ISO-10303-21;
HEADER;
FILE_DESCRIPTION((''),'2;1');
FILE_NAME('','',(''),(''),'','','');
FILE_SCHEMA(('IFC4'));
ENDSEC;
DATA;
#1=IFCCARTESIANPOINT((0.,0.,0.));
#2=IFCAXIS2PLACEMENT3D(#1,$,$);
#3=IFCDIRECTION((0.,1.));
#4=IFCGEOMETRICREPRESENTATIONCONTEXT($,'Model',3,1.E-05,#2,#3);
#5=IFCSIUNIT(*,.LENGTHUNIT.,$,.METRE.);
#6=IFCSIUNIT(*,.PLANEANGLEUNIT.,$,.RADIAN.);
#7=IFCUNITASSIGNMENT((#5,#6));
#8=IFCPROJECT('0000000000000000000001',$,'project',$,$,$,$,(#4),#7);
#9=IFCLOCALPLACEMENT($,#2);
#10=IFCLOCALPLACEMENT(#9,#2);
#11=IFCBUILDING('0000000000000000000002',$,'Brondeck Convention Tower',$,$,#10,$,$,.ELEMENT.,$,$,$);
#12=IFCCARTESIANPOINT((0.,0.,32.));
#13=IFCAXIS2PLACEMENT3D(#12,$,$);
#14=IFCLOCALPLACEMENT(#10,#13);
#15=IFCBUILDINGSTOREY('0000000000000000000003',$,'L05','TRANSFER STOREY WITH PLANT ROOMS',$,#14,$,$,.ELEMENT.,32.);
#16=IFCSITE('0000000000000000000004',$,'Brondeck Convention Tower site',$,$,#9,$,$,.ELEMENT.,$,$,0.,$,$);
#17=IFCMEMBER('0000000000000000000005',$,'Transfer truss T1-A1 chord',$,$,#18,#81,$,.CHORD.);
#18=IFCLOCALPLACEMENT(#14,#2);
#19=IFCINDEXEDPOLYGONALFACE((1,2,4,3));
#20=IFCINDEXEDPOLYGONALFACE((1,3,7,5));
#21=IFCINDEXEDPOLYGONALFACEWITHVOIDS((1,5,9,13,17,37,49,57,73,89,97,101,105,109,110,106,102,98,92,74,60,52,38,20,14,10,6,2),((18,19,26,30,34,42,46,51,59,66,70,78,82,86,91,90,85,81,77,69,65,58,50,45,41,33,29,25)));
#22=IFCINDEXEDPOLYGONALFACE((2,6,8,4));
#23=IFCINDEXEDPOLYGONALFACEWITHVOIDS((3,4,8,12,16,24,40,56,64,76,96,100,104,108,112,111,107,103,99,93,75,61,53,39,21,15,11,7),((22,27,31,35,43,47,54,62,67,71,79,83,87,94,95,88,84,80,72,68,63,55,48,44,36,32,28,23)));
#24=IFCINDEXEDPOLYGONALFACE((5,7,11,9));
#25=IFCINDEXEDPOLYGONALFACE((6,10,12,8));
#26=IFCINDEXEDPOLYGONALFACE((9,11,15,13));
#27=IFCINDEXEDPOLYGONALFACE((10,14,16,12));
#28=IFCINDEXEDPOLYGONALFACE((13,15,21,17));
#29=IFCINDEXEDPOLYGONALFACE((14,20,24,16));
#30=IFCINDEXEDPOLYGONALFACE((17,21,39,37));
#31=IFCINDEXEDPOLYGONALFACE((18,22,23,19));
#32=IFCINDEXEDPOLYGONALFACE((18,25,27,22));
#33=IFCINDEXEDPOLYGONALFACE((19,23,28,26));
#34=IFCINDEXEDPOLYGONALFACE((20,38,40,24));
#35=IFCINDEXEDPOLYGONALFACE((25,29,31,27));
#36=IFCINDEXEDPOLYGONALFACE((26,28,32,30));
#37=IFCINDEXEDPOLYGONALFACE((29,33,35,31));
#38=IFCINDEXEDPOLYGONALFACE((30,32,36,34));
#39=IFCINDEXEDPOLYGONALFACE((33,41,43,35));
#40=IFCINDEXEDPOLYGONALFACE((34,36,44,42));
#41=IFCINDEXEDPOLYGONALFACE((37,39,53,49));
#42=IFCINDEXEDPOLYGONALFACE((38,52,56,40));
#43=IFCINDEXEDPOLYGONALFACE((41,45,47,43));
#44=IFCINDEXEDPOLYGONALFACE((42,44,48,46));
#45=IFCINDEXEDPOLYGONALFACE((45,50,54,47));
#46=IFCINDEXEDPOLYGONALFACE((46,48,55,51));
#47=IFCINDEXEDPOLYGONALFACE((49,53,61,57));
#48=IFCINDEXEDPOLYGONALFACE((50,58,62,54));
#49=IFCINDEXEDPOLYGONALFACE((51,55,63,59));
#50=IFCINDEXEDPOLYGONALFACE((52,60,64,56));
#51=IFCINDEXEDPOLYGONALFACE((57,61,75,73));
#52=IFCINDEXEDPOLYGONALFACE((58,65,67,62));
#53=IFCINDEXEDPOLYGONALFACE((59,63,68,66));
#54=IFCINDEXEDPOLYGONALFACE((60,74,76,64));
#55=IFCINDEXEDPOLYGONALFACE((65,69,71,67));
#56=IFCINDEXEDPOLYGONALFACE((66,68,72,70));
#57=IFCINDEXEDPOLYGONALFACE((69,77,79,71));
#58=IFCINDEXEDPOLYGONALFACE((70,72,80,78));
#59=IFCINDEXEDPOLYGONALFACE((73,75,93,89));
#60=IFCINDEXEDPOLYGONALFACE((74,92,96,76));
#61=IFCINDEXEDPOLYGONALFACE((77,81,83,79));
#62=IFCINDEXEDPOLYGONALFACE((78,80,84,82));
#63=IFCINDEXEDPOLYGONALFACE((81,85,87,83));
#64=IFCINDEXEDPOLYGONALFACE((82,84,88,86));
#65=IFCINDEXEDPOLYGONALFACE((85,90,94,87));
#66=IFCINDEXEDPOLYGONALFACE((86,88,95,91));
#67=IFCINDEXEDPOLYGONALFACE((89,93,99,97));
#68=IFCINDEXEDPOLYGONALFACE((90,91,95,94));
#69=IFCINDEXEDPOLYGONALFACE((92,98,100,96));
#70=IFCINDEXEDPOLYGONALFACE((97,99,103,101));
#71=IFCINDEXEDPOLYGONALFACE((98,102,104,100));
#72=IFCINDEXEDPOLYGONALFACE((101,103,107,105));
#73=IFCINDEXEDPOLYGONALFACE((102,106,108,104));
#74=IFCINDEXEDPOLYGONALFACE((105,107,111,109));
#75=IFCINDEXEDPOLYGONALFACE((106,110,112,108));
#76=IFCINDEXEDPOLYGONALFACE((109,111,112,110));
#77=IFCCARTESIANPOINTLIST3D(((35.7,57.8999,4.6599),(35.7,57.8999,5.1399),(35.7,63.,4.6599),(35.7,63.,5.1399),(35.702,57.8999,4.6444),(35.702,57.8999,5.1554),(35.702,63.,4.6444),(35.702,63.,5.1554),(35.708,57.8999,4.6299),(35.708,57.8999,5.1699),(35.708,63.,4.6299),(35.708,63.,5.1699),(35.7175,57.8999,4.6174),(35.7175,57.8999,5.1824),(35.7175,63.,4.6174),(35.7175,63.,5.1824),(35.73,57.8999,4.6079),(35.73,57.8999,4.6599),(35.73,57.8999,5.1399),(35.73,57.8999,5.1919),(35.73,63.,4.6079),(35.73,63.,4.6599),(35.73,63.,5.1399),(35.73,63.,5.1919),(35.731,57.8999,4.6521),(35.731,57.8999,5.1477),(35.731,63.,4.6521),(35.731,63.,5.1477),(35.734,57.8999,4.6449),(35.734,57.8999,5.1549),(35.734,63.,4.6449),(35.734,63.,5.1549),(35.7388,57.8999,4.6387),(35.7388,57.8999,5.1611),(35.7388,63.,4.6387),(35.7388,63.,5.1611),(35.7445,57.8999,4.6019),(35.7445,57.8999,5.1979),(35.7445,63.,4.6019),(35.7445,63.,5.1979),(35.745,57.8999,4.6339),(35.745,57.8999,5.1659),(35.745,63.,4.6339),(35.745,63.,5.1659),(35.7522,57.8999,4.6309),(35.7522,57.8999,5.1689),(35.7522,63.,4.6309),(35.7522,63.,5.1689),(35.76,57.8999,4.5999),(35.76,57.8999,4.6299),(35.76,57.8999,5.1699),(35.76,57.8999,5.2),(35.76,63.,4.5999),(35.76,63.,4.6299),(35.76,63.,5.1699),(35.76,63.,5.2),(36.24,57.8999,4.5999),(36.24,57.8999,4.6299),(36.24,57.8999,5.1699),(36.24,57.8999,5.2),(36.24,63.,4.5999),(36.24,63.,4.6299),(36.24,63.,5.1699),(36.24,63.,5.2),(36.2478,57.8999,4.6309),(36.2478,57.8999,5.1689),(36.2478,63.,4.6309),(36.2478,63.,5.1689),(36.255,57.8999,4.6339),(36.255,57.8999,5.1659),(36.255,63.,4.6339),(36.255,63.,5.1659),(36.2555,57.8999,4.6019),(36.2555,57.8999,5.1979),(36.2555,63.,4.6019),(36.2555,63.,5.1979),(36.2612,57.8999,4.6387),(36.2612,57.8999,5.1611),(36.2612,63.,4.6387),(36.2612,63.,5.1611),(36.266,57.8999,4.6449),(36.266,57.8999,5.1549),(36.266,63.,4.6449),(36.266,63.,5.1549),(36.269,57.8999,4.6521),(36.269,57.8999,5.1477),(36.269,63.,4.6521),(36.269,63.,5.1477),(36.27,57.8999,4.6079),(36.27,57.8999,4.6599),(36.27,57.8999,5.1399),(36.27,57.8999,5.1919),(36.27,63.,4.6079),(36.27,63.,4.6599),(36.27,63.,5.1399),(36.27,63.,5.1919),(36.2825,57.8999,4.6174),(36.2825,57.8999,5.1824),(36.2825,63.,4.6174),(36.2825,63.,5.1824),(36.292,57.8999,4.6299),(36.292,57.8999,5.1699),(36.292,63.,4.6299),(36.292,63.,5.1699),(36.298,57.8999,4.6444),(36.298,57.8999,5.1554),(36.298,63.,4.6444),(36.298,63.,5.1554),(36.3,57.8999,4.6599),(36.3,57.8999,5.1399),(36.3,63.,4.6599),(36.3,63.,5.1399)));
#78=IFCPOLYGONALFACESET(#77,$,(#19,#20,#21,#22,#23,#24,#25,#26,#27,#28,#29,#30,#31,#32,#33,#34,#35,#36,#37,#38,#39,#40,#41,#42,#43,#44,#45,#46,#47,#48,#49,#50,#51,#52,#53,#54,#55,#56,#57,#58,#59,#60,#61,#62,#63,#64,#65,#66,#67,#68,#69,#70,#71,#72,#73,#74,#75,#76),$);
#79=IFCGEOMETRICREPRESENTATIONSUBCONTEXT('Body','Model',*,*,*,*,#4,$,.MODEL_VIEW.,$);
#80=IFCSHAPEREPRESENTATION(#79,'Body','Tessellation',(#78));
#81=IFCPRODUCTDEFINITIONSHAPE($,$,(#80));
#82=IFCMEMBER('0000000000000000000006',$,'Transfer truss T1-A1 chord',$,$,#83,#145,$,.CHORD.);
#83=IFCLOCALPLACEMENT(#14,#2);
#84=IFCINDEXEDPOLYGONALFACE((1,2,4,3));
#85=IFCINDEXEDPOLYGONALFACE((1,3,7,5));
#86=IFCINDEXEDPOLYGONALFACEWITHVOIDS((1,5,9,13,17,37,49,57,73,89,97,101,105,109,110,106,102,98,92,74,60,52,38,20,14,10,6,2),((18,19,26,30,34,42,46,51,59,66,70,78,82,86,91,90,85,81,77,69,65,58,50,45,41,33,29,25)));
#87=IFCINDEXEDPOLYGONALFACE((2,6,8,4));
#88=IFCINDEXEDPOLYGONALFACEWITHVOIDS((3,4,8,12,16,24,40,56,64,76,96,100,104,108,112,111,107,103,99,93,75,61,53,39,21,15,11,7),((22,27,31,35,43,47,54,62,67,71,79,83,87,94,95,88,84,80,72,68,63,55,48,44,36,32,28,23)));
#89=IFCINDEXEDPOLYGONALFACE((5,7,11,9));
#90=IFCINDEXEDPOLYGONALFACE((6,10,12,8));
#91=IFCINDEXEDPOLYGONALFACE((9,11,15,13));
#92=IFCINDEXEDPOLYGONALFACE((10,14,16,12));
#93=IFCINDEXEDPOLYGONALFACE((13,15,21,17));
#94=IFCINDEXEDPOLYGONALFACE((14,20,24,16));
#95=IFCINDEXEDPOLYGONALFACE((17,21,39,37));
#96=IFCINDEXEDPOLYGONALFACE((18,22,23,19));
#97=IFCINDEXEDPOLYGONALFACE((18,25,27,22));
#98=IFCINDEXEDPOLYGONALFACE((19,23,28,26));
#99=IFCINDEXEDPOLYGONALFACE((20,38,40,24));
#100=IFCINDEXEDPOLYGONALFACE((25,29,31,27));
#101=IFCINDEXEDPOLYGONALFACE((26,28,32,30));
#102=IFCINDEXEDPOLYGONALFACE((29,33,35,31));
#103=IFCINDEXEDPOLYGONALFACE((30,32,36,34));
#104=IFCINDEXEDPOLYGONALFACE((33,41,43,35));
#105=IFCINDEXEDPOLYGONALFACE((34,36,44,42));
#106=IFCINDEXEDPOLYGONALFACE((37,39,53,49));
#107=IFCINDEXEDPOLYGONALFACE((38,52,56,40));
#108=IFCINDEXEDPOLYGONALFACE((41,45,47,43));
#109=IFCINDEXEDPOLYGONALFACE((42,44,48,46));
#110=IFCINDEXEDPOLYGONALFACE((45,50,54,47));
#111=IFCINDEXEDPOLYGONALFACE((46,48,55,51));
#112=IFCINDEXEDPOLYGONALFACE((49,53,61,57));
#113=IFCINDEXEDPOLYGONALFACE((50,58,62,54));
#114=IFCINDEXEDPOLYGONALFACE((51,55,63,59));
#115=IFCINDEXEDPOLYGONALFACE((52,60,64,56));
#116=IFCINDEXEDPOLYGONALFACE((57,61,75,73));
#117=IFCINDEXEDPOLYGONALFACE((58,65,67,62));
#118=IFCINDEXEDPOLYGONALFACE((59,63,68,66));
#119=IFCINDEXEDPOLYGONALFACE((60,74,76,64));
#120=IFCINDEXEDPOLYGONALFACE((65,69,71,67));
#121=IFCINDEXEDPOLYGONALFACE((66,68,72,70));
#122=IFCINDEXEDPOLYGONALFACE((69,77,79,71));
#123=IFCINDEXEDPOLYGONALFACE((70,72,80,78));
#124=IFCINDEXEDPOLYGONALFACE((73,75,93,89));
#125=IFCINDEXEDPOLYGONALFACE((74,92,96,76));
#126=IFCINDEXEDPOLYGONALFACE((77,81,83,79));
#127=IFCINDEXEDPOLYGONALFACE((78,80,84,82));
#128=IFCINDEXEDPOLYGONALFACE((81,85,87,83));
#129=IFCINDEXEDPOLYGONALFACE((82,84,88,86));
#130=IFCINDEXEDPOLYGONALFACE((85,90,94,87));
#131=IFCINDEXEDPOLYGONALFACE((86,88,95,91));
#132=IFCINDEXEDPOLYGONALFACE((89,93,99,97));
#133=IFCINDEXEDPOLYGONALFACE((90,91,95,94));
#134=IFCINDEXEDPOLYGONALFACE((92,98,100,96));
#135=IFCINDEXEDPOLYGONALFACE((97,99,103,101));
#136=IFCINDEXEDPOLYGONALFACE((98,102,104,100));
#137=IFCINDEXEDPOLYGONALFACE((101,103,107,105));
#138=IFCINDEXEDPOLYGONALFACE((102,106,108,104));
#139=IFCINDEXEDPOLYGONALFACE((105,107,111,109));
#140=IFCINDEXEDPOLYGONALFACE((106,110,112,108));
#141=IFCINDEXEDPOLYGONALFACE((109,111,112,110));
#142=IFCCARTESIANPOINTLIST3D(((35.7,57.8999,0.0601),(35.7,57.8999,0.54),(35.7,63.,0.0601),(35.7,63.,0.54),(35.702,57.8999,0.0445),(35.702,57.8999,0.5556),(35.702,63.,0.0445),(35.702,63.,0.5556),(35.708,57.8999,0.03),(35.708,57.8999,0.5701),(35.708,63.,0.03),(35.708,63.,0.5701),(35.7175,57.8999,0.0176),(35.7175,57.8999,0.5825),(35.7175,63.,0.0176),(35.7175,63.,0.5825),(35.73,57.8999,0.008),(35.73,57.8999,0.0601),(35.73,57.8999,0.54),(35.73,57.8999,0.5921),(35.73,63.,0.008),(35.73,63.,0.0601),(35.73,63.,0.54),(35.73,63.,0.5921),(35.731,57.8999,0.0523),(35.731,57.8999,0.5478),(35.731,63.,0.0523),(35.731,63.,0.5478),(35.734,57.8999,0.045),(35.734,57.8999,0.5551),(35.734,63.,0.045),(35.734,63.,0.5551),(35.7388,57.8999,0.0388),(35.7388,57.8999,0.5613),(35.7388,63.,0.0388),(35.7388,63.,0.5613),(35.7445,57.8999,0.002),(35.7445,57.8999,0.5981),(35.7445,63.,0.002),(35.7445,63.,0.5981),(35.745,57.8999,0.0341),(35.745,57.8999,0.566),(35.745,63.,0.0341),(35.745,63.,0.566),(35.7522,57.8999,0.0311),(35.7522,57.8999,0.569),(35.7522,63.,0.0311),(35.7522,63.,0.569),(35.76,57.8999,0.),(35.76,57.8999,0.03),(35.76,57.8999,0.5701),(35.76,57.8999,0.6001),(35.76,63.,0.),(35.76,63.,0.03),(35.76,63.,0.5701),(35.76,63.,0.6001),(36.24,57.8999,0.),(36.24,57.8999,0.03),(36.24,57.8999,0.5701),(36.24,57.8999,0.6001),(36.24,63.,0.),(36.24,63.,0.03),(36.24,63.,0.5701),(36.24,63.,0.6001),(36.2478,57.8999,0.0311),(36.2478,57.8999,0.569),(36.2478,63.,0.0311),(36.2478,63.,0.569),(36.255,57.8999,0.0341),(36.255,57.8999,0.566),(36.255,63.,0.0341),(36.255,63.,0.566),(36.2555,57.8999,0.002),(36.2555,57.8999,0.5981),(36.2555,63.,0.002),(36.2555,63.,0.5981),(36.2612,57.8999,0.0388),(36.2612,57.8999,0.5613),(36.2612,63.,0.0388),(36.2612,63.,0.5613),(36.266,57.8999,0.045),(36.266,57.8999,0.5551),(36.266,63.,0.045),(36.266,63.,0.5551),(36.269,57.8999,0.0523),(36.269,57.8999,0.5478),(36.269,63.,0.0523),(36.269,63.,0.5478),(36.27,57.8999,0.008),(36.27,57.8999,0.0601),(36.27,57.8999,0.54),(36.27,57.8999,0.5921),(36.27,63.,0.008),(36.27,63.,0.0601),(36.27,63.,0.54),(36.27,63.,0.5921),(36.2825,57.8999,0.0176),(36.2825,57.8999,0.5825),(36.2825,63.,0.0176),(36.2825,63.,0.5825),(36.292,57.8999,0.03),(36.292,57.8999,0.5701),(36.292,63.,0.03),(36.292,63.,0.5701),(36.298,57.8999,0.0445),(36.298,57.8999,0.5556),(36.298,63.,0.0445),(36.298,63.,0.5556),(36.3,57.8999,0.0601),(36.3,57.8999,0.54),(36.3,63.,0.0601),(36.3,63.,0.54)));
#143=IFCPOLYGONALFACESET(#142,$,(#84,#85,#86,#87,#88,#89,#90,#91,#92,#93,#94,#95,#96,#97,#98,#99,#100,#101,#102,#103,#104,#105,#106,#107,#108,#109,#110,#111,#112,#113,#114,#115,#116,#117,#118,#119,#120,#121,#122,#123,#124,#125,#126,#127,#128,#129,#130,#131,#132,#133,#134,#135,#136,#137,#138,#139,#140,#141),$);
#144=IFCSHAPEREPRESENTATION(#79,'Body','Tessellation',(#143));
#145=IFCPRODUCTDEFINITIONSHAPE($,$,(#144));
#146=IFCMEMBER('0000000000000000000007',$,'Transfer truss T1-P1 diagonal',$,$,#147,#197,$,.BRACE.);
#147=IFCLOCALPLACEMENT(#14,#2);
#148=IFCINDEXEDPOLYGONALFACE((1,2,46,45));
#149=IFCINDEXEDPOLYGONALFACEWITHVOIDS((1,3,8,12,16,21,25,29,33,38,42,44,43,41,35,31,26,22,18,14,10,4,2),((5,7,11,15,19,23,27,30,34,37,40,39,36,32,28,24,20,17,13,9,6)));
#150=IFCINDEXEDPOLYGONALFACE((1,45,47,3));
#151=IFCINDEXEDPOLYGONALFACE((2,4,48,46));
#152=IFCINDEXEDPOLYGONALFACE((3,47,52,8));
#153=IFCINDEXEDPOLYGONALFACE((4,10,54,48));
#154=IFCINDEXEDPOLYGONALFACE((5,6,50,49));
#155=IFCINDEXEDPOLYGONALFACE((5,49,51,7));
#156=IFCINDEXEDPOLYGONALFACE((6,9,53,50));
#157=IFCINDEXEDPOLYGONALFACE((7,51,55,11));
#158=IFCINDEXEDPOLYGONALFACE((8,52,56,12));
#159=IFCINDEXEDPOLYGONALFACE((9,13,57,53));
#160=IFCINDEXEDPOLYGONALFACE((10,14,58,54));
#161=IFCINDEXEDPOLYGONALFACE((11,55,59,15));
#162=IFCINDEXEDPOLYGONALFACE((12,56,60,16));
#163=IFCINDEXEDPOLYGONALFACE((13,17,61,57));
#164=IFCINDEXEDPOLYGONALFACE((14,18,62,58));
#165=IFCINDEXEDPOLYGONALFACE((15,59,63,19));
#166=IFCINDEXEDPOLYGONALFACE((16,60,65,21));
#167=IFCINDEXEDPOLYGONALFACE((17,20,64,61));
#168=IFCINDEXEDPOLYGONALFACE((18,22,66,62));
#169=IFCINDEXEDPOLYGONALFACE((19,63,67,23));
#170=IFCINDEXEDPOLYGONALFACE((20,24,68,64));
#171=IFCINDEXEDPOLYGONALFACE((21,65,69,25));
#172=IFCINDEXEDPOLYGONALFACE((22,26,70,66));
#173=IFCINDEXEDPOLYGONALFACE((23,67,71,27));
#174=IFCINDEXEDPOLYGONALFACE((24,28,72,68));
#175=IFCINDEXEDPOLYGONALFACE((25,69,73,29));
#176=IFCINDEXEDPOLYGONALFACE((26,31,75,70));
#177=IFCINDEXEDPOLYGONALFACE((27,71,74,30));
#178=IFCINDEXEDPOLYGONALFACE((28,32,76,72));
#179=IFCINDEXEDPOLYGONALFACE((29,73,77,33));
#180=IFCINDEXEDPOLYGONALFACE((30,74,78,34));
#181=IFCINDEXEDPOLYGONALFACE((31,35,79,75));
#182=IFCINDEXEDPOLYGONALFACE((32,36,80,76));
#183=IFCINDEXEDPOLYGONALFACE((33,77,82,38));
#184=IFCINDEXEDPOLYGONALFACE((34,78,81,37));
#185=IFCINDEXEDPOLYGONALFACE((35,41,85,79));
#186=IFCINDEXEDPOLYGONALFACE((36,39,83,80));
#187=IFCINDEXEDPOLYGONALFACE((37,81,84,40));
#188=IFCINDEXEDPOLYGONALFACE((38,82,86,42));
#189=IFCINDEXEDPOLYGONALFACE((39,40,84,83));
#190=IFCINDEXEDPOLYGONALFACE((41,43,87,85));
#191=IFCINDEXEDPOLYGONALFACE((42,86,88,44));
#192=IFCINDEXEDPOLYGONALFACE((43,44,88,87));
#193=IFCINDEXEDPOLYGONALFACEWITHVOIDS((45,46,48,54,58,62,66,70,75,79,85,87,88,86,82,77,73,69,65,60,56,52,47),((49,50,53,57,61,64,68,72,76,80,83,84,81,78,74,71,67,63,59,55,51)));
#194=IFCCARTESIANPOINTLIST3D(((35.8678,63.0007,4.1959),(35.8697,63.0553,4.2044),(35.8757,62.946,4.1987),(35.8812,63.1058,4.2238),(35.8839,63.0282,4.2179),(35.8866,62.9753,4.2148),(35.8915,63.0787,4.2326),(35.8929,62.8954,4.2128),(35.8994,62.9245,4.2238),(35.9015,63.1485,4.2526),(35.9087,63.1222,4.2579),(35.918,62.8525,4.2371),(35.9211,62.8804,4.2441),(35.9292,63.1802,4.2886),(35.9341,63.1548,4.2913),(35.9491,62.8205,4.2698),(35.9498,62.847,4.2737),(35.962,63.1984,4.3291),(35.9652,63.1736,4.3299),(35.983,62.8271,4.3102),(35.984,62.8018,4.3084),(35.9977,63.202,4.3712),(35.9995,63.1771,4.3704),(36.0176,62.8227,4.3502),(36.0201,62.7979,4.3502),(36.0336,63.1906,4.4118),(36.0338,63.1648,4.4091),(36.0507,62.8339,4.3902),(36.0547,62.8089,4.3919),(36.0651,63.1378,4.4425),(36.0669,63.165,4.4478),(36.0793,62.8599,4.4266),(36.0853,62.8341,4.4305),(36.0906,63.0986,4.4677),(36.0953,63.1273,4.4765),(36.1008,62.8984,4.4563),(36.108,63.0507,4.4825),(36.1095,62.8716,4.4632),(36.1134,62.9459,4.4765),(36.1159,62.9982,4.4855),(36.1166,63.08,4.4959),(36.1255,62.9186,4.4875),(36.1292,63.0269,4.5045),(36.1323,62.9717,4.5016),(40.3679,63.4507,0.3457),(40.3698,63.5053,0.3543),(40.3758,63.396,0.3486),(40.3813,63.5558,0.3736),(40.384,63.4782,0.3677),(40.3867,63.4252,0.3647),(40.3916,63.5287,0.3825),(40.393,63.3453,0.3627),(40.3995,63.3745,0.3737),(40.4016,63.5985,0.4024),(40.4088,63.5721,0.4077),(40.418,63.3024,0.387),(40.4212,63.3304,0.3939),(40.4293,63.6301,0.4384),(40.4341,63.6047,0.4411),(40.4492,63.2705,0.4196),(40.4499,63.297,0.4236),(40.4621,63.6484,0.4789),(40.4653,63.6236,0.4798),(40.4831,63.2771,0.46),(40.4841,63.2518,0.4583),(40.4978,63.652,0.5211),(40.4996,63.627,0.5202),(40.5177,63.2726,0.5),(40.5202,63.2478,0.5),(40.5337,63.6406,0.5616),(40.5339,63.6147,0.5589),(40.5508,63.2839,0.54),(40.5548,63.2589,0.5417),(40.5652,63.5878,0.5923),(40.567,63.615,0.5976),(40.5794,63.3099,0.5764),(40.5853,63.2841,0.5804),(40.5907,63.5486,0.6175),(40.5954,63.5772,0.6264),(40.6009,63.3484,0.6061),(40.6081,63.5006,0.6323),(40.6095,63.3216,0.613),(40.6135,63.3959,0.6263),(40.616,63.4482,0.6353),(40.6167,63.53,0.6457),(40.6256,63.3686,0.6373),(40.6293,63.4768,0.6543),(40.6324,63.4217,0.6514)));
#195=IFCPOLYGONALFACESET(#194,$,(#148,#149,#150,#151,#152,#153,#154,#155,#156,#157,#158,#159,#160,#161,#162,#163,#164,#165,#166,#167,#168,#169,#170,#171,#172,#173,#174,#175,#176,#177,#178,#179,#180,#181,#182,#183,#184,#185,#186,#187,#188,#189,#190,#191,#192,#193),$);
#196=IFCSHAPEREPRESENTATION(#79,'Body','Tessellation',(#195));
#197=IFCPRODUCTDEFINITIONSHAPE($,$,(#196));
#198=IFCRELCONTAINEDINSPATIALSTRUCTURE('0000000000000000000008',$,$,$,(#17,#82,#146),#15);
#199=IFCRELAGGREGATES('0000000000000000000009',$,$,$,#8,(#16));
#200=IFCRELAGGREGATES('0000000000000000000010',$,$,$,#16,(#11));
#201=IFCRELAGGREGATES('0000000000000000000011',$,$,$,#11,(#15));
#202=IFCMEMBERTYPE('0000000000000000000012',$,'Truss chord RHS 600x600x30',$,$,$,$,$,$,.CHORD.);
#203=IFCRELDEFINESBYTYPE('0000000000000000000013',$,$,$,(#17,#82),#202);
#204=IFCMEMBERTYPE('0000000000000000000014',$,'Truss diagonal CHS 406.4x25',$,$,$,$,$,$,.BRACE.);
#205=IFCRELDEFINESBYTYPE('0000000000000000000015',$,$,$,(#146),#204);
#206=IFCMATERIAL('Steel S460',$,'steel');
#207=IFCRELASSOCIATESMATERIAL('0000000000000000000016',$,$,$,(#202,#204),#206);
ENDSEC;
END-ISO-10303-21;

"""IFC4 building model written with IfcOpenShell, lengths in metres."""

from ifc_helpers import new_model, si_unit, direction, frame, origin, origin_2d, place, context, subcontext, project, spatial, hollow_rectangle, hollow_circle, extrude, material, material_profile, profile_set, type_object, element, save


model = new_model("IFC4")

# Units and contexts
model_context = context("Model", 3, precision=1e-05, world=origin(), true_north=direction((0.0, 1.0)))
body_context = subcontext(model_context, "Body", "Model", "MODEL_VIEW")
ifc_project = project(units=[si_unit("LENGTHUNIT", "METRE"), si_unit("PLANEANGLEUNIT", "RADIAN")], contexts=[model_context])

# Site, building, storey
site_placement = place(None, origin())
site = spatial("IfcSite", under=ifc_project, at=site_placement, Name="Brondeck Convention Tower site", CompositionType="ELEMENT", RefElevation=0.0)
building_placement = place(site_placement, origin())
building = spatial("IfcBuilding", under=site, at=building_placement, Name="Brondeck Convention Tower", CompositionType="ELEMENT")
storey_placement = place(building_placement, frame((0.0, 0.0, 32.0)))
storey = spatial("IfcBuildingStorey", under=building, at=storey_placement, Name="L05", Description="TRANSFER STOREY WITH PLANT ROOMS", CompositionType="ELEMENT", Elevation=32.0)

# Shared definitions
ifc_material_1 = material(Name="Steel S460", Category="steel")

# Members
ifc_material_profile_1 = material_profile(ifc_material_1, hollow_rectangle(XDim=0.6001, YDim=0.6001, WallThickness=0.03, InnerFilletRadius=0.03, OuterFilletRadius=0.0601, at=origin_2d()), Name="RHS 600x600x30")
ifc_profile_set_1 = profile_set([ifc_material_profile_1], Name="Steel S460")
member_type_1 = type_object("IfcMemberType", Name="Truss chord RHS 600x600x30", PredefinedType="CHORD", material=ifc_profile_set_1)
for number, where, z_axis, x_axis, name in (
    (1, (36.0, 57.8999, 4.8999), (0.0, 1.0, 0.0), (-1.0, 0.0, 0.0), "Transfer truss T1-A1 chord"),
    (2, (36.0, 57.8999, 0.3), (0.0, 1.0, 0.0), (-1.0, 0.0, 0.0), "Transfer truss T1-A1 chord"),
):
    element("IfcMember", number, at=place(storey_placement, frame(where, z_axis=z_axis, x_axis=x_axis)), inside=storey, type_object=member_type_1, Name=name, PredefinedType="CHORD", context=body_context, shape_type="SweptSolid", body=[
        extrude(hollow_rectangle(XDim=0.6001, YDim=0.6001, WallThickness=0.03, InnerFilletRadius=0.03, OuterFilletRadius=0.0601, at=origin_2d()), origin(), (0.0, 0.0, 1.0), 5.1001),
    ])
ifc_material_profile_2 = material_profile(ifc_material_1, hollow_circle(Radius=0.2031, WallThickness=0.0249, at=origin_2d()), Name="CHS 406.4x25")
ifc_profile_set_2 = profile_set([ifc_material_profile_2], Name="Steel S460")
member_type_2 = type_object("IfcMemberType", Name="Truss diagonal CHS 406.4x25", PredefinedType="BRACE", material=ifc_profile_set_2)
for number, where, z_axis, x_axis, name in (
    (3, (40.5, 63.45, 0.5), (-0.75766, -0.075758, 0.648237), (0.099493, -0.995038, 0.0), "Transfer truss T1-P1 diagonal"),
):
    element("IfcMember", number, at=place(storey_placement, frame(where, z_axis=z_axis, x_axis=x_axis)), inside=storey, type_object=member_type_2, Name=name, PredefinedType="BRACE", context=body_context, shape_type="SweptSolid", body=[
        extrude(hollow_circle(Radius=0.2031, WallThickness=0.0249, at=origin_2d()), origin(), (0.0, 0.0, 1.0), 5.9395),
    ])

save(model, "model.ifc")
